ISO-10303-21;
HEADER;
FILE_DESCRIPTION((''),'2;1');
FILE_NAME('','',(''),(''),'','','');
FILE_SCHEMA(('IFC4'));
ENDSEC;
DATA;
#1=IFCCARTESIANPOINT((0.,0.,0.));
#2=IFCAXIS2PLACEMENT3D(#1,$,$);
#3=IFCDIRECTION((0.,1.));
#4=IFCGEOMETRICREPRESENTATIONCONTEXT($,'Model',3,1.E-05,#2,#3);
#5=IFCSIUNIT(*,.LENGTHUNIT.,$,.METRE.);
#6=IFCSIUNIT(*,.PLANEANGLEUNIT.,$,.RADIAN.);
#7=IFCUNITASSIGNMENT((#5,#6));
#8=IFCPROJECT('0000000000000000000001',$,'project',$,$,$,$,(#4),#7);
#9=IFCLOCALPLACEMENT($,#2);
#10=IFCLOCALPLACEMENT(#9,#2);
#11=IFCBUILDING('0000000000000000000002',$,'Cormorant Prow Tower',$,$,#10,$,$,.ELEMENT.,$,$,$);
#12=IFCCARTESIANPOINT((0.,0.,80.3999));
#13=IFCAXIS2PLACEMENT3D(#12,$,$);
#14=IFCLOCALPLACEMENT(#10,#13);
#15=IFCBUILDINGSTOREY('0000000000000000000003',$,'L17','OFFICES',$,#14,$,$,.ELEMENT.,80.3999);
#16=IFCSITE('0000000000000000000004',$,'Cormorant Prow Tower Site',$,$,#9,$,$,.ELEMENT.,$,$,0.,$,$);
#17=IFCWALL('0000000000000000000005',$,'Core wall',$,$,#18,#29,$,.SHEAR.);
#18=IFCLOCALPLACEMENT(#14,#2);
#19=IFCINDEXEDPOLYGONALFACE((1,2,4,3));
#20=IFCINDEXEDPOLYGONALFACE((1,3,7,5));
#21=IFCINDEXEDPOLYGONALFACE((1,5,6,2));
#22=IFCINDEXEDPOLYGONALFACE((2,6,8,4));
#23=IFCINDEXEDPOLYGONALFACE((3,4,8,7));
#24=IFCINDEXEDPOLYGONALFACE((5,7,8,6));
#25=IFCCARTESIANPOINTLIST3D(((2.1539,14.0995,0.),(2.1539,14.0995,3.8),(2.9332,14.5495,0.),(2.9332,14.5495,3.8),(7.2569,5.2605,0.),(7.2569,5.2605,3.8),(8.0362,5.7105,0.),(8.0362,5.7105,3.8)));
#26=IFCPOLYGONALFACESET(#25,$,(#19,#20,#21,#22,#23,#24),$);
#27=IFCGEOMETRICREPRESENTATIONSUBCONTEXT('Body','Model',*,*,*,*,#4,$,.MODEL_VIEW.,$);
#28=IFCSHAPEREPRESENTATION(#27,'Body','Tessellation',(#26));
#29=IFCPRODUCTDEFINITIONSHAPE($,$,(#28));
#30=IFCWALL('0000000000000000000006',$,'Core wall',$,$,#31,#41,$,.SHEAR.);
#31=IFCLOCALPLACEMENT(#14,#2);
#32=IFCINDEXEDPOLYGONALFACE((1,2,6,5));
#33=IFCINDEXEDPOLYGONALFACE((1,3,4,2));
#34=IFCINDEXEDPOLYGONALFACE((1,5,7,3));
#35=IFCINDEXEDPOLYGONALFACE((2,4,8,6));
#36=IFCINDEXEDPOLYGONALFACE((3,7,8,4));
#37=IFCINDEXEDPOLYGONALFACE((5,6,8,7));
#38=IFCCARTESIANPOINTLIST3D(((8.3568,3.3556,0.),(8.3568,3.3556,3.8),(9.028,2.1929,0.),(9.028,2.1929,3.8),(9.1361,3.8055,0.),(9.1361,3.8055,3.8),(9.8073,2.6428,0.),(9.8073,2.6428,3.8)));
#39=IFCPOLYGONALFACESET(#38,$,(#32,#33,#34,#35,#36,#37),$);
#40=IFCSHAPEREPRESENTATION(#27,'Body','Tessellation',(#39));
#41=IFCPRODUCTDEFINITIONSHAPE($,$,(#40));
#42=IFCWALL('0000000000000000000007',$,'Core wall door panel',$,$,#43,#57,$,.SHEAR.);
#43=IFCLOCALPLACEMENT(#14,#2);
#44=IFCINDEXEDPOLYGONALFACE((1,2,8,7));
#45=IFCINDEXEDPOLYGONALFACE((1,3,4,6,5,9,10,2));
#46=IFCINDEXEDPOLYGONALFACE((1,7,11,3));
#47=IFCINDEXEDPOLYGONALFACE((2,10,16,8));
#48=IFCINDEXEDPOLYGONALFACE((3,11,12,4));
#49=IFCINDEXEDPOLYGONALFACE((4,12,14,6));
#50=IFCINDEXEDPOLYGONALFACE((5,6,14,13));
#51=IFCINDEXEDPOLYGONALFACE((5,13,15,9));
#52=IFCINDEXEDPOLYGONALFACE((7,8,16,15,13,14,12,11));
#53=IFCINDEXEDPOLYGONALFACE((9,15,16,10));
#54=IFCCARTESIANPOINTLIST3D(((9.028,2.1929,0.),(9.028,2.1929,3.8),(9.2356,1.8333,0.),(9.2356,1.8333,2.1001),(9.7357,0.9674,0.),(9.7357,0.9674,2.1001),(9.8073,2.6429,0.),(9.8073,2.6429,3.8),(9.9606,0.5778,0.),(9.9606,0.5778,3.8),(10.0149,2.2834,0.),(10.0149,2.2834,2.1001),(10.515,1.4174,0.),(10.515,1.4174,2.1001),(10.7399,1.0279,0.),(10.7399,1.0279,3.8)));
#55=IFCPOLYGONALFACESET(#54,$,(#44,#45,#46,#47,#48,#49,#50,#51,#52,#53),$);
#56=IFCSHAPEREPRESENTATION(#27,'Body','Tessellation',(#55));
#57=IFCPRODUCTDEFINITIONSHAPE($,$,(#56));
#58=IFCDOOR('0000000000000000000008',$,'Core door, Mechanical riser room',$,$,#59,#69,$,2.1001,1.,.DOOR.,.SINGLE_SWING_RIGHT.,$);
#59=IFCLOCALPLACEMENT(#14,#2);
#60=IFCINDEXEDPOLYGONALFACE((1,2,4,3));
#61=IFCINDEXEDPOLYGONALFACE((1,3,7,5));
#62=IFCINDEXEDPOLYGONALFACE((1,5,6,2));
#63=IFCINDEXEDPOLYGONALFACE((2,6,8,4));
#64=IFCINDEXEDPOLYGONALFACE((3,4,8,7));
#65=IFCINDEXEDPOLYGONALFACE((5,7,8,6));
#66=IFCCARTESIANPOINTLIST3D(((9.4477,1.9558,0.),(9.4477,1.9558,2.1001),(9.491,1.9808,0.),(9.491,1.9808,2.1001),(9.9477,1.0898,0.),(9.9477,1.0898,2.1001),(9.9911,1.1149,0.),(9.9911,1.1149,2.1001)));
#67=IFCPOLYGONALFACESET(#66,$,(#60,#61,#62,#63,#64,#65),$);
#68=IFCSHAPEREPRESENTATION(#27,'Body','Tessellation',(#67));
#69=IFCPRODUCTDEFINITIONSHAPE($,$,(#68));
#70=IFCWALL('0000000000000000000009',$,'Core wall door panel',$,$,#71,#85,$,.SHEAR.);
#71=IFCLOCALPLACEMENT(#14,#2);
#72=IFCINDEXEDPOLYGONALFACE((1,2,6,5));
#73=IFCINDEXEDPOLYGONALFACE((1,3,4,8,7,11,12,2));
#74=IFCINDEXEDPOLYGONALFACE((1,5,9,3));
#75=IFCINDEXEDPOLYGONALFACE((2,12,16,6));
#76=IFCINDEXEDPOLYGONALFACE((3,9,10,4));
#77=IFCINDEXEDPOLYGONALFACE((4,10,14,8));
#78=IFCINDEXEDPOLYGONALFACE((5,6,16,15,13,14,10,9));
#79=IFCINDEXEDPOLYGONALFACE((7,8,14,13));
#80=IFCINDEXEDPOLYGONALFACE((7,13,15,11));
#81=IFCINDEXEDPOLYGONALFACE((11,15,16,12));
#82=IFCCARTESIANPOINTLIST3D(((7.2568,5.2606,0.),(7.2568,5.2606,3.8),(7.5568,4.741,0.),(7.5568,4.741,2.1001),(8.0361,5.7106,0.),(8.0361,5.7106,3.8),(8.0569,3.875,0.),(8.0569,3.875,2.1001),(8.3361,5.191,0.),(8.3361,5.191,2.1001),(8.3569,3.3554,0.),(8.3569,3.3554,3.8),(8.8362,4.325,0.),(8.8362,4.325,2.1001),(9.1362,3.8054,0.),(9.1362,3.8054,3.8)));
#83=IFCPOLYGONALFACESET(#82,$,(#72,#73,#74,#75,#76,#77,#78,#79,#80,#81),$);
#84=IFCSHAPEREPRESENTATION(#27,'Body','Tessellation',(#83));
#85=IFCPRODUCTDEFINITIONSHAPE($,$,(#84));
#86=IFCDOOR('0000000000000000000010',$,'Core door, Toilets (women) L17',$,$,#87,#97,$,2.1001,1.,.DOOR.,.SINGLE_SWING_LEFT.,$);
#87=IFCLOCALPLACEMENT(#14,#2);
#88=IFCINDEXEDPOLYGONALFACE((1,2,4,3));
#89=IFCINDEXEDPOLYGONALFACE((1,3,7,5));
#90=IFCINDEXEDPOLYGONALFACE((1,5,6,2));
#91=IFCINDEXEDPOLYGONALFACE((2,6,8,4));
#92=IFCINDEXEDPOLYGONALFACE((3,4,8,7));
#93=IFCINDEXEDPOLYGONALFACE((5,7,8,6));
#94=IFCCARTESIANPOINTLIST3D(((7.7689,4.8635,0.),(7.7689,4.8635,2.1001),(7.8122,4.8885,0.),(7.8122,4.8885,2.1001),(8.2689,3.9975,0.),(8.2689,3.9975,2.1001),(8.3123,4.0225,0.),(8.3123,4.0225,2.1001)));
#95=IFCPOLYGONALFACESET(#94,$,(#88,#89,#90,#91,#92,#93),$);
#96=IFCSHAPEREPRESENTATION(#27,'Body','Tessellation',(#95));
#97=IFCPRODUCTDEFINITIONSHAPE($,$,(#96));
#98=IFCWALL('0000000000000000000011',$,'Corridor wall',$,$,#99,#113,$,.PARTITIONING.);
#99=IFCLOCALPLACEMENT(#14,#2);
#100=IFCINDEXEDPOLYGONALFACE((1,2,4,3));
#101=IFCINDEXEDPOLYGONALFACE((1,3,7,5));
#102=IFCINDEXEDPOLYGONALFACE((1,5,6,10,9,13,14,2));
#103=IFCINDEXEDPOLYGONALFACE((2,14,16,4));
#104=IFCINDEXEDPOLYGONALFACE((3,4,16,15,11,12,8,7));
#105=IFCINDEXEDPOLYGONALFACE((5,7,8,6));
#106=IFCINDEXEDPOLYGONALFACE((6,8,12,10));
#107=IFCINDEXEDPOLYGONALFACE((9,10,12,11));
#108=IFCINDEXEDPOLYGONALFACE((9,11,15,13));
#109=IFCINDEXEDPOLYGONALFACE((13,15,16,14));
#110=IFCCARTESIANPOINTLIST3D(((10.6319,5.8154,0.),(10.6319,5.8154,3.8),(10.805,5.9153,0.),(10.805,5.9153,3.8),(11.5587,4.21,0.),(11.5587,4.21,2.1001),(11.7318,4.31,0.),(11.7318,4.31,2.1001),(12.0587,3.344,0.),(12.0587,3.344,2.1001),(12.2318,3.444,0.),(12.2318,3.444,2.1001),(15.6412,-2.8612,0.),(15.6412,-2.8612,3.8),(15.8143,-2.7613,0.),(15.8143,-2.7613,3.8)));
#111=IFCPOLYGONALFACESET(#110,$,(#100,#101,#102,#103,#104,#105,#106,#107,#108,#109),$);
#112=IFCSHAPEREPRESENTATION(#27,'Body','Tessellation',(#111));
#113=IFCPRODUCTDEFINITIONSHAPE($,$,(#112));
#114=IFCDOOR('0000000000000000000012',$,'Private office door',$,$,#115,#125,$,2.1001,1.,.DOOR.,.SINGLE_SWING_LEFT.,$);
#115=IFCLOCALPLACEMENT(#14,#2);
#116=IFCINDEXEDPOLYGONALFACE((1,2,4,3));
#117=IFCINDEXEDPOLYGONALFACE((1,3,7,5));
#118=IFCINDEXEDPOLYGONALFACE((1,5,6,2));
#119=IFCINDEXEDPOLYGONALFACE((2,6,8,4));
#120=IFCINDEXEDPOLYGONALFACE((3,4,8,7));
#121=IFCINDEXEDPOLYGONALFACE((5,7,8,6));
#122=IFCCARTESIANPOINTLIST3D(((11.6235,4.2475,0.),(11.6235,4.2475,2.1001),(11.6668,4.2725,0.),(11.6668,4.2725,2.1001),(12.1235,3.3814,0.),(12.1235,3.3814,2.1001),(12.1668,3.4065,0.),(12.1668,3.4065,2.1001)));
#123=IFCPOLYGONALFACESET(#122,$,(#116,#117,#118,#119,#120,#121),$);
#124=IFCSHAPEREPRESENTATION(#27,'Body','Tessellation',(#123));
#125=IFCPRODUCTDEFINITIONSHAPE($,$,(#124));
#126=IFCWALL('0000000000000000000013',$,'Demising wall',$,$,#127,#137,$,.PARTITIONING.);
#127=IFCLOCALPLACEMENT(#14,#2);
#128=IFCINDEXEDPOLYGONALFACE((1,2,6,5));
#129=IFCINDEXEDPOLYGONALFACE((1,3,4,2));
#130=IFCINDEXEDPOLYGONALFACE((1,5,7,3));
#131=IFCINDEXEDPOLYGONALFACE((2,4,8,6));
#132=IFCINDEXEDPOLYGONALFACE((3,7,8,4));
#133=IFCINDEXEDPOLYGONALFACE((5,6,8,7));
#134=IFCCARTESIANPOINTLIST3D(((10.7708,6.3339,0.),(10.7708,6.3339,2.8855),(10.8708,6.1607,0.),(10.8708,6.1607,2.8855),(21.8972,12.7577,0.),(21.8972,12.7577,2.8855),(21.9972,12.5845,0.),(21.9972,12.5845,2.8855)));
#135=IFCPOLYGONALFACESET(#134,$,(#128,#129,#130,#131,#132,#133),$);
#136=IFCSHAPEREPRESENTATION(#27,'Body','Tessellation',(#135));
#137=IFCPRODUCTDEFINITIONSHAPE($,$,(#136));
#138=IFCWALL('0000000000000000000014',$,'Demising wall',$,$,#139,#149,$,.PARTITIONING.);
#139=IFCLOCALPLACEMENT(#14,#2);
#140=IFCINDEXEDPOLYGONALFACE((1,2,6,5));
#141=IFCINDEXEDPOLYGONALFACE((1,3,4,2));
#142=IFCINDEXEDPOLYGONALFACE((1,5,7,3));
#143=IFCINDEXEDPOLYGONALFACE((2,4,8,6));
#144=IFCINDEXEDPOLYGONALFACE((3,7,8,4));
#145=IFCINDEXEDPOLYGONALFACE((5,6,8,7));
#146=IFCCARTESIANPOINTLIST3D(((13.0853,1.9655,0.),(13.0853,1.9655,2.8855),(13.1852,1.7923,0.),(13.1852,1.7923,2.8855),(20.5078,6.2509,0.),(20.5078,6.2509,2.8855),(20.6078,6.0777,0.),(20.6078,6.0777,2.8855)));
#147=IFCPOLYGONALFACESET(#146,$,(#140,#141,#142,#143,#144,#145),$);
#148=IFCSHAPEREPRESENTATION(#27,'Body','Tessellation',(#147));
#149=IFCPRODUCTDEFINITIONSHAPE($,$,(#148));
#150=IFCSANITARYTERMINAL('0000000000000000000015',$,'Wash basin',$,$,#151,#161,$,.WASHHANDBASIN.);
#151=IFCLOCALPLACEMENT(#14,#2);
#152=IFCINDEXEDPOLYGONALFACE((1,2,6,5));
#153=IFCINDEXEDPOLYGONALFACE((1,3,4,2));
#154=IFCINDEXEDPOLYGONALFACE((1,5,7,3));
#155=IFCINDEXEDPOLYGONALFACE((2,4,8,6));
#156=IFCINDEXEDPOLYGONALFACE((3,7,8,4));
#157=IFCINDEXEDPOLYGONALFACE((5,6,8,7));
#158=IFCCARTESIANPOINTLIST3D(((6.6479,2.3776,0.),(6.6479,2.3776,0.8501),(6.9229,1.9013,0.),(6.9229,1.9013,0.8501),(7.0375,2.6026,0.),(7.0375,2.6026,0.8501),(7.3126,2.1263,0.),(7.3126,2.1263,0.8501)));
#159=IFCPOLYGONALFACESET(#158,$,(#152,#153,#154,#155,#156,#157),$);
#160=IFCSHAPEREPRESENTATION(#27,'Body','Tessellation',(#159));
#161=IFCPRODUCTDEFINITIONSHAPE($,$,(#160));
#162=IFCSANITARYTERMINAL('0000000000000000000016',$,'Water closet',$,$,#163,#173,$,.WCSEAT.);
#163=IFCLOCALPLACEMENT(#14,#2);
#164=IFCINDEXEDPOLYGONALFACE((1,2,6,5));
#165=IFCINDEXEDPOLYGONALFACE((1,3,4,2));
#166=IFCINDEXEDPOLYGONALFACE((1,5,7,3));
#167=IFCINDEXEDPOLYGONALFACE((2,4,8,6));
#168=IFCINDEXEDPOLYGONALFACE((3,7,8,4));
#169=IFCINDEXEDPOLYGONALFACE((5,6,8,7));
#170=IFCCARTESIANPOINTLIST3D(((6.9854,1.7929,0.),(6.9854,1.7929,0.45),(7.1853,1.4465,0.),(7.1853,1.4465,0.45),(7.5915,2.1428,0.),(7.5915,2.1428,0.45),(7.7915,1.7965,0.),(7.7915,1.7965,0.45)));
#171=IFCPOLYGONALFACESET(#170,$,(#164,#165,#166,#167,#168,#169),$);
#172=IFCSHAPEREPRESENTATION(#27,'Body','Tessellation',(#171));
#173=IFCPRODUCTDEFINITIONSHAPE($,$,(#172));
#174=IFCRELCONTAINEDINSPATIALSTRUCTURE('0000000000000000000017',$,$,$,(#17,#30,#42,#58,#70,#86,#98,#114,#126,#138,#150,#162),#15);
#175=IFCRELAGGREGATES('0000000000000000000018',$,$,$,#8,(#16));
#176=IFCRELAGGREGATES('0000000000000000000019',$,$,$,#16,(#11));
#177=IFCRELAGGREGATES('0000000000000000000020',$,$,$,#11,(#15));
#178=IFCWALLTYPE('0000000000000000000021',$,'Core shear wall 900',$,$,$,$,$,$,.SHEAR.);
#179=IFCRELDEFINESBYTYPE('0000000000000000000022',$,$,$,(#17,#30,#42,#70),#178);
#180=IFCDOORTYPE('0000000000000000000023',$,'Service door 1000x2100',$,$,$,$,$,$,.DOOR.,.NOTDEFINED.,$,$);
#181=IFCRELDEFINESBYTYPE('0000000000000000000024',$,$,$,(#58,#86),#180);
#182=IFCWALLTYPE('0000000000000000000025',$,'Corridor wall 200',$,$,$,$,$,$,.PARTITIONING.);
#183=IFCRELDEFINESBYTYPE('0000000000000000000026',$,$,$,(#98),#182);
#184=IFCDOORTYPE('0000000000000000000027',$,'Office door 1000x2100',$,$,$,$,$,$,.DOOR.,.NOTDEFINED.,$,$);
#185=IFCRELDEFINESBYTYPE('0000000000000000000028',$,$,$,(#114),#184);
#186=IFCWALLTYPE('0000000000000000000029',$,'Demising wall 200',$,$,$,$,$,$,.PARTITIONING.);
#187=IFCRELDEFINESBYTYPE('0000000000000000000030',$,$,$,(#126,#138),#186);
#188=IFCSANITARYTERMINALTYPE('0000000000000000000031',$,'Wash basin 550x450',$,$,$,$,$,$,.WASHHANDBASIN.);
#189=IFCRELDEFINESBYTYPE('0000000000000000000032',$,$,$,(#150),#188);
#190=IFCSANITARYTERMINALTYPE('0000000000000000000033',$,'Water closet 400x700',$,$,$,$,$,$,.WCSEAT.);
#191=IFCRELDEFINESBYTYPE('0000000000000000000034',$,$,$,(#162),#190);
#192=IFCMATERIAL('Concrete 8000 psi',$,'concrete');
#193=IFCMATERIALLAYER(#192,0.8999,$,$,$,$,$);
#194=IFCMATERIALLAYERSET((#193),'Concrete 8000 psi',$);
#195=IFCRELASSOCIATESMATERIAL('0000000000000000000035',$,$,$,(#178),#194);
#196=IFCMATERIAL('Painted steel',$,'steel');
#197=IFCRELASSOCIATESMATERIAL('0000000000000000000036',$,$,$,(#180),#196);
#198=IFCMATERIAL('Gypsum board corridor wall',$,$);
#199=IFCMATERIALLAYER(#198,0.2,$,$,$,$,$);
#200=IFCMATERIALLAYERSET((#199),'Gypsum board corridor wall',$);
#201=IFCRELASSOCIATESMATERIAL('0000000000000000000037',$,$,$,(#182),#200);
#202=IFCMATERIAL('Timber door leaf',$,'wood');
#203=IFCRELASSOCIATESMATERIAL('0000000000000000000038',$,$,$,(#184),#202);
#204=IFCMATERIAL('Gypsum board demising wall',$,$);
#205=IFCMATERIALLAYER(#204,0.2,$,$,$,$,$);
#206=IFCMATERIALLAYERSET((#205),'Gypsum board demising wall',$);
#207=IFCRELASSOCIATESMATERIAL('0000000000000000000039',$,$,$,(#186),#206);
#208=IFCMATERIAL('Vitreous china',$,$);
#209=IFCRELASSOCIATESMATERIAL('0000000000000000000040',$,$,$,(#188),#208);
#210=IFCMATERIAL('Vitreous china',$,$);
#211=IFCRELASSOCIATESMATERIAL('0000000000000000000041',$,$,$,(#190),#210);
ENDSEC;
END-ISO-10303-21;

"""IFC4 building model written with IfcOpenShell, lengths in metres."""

from ifc_helpers import new_model, si_unit, direction, frame, frame_2d, origin, origin_2d, place, context, subcontext, project, spatial, rectangle, extrude, material, layer, layer_set, type_object, element, fill, save


model = new_model("IFC4")

# Units and contexts
model_context = context("Model", 3, precision=1e-05, world=origin(), true_north=direction((0.0, 1.0)))
body_context = subcontext(model_context, "Body", "Model", "MODEL_VIEW")
ifc_project = project(units=[si_unit("LENGTHUNIT", "METRE"), si_unit("PLANEANGLEUNIT", "RADIAN")], contexts=[model_context])

# Site, building, storey
site_placement = place(None, origin())
site = spatial("IfcSite", under=ifc_project, at=site_placement, Name="Cormorant Prow Tower Site", CompositionType="ELEMENT", RefElevation=0.0)
building_placement = place(site_placement, origin())
building = spatial("IfcBuilding", under=site, at=building_placement, Name="Cormorant Prow Tower", CompositionType="ELEMENT")
storey_placement = place(building_placement, frame((0.0, 0.0, 80.3999)))
storey = spatial("IfcBuildingStorey", under=building, at=storey_placement, Name="L17", Description="OFFICES", CompositionType="ELEMENT", Elevation=80.3999)

# Walls
ifc_material_1 = material(Name="Concrete 8000 psi", Category="concrete")
ifc_layer_1 = layer(ifc_material_1, 0.8999)
ifc_layer_set_1 = layer_set([ifc_layer_1], Name="Concrete 8000 psi")
wall_type_1 = type_object("IfcWallType", Name="Core shear wall 900", PredefinedType="SHEAR", material=ifc_layer_set_1)
wall_1_placement = place(storey_placement, frame((7.6465, 5.4856, 0.0), z_axis=(0.0, 0.0, 1.0), x_axis=(-0.499983, 0.866035, 0.0)))
element("IfcWall", 1, at=wall_1_placement, inside=storey, type_object=wall_type_1, Name="Core wall", PredefinedType="SHEAR", context=body_context, shape_type="SweptSolid", body=[
    extrude(rectangle(XDim=10.2063, YDim=0.8999, at=frame_2d((5.103, 0.0))), origin(), (0.0, 0.0, 1.0), 3.8),
])
wall_2_placement = place(storey_placement, frame((9.4177, 2.4177, 0.0), z_axis=(0.0, 0.0, 1.0), x_axis=(-0.499953, 0.866052, 0.0)))
element("IfcWall", 2, at=wall_2_placement, inside=storey, type_object=wall_type_1, Name="Core wall", PredefinedType="SHEAR", context=body_context, shape_type="SweptSolid", body=[
    extrude(rectangle(XDim=1.3425, YDim=0.8999, at=frame_2d((0.6714, 0.0))), origin(), (0.0, 0.0, 1.0), 3.8),
])

# Walls, openings, doors
wall_3_placement = place(storey_placement, frame((10.3503, 0.8027, 0.0), z_axis=(0.0, 0.0, 1.0), x_axis=(-0.500081, 0.865978, 0.0)))
wall_3 = element("IfcWall", 3, at=wall_3_placement, inside=storey, type_object=wall_type_1, Name="Core wall door panel", PredefinedType="SHEAR", context=body_context, shape_type="SweptSolid", body=[
    extrude(rectangle(XDim=1.865, YDim=0.8999, at=frame_2d((0.9326, 0.0))), origin(), (0.0, 0.0, 1.0), 3.8),
])
opening_1_placement = place(wall_3_placement, frame((0.45, 0.0, 0.0)))
opening_1 = element("IfcOpeningElement", 4, at=opening_1_placement, cuts=wall_3, PredefinedType="OPENING", context=body_context, shape_type="SweptSolid", body=[
    extrude(rectangle(XDim=1.0, YDim=2.1001, at=frame_2d((0.5, 1.05))), frame((0.0, 0.46, 0.0), z_axis=(0.0, -1.0, 0.0), x_axis=(1.0, 0.0, 0.0)), (0.0, 0.0, 1.0), 0.9199),
])
ifc_material_2 = material(Name="Painted steel", Category="steel")
door_type_1 = type_object("IfcDoorType", Name="Service door 1000x2100", OperationType="NOTDEFINED", PredefinedType="DOOR", material=ifc_material_2)
door_1_placement = place(opening_1_placement, origin())
door_1 = element("IfcDoor", 5, at=door_1_placement, inside=storey, type_object=door_type_1, Name="Core door, Mechanical riser room", OperationType="SINGLE_SWING_RIGHT", OverallHeight=2.1001, OverallWidth=1.0, PredefinedType="DOOR", context=body_context, shape_type="SweptSolid", body=[
    extrude(rectangle(XDim=1.0, YDim=2.1001, at=frame_2d((0.5, 1.05))), frame((0.0, 0.2051, 0.0), z_axis=(0.0, -1.0, 0.0), x_axis=(1.0, 0.0, 0.0)), (0.0, 0.0, 1.0), 0.05),
])
fill(opening_1, door_1)
wall_4_placement = place(storey_placement, frame((8.7466, 3.5803, 0.0), z_axis=(0.0, 0.0, 1.0), x_axis=(-0.50003, 0.866008, 0.0)))
wall_4 = element("IfcWall", 6, at=wall_4_placement, inside=storey, type_object=wall_type_1, Name="Core wall door panel", PredefinedType="SHEAR", context=body_context, shape_type="SweptSolid", body=[
    extrude(rectangle(XDim=2.2, YDim=0.8999, at=frame_2d((1.1001, 0.0))), origin(), (0.0, 0.0, 1.0), 3.8),
])
opening_2_placement = place(wall_4_placement, frame((0.6001, 0.0, 0.0)))
opening_2 = element("IfcOpeningElement", 7, at=opening_2_placement, cuts=wall_4, PredefinedType="OPENING", context=body_context, shape_type="SweptSolid", body=[
    extrude(rectangle(XDim=1.0, YDim=2.1001, at=frame_2d((0.5, 1.05))), frame((0.0, 0.46, 0.0), z_axis=(0.0, -1.0, 0.0), x_axis=(1.0, 0.0, 0.0)), (0.0, 0.0, 1.0), 0.9199),
])
door_2_placement = place(opening_2_placement, origin())
door_2 = element("IfcDoor", 8, at=door_2_placement, inside=storey, type_object=door_type_1, Name="Core door, Toilets (women) L17", OperationType="SINGLE_SWING_LEFT", OverallHeight=2.1001, OverallWidth=1.0, PredefinedType="DOOR", context=body_context, shape_type="SweptSolid", body=[
    extrude(rectangle(XDim=1.0, YDim=2.1001, at=frame_2d((0.5, 1.05))), frame((0.0, 0.2051, 0.0), z_axis=(0.0, -1.0, 0.0), x_axis=(1.0, 0.0, 0.0)), (0.0, 0.0, 1.0), 0.05),
])
fill(opening_2, door_2)
ifc_material_3 = material(Name="Gypsum board corridor wall")
ifc_layer_2 = layer(ifc_material_3, 0.2)
ifc_layer_set_2 = layer_set([ifc_layer_2], Name="Gypsum board corridor wall")
wall_type_2 = type_object("IfcWallType", Name="Corridor wall 200", PredefinedType="PARTITIONING", material=ifc_layer_set_2)
wall_5_placement = place(storey_placement, frame((10.7185, 5.8652, 0.0), z_axis=(0.0, 0.0, 1.0), x_axis=(0.499992, -0.86603, 0.0)))
wall_5 = element("IfcWall", 9, at=wall_5_placement, inside=storey, type_object=wall_type_2, Name="Corridor wall", PredefinedType="PARTITIONING", context=body_context, shape_type="SweptSolid", body=[
    extrude(rectangle(XDim=10.0188, YDim=0.2, at=frame_2d((5.0093, 0.0))), origin(), (0.0, 0.0, 1.0), 3.8),
])
opening_3_placement = place(wall_5_placement, frame((1.8535, 0.0, 0.0)))
opening_3 = element("IfcOpeningElement", 10, at=opening_3_placement, cuts=wall_5, PredefinedType="OPENING", context=body_context, shape_type="SweptSolid", body=[
    extrude(rectangle(XDim=1.0, YDim=2.1001, at=frame_2d((0.5, 1.05))), frame((0.0, 0.1099, 0.0), z_axis=(0.0, -1.0, 0.0), x_axis=(1.0, 0.0, 0.0)), (0.0, 0.0, 1.0), 0.22),
])
ifc_material_4 = material(Name="Timber door leaf", Category="wood")
door_type_2 = type_object("IfcDoorType", Name="Office door 1000x2100", OperationType="NOTDEFINED", PredefinedType="DOOR", material=ifc_material_4)
door_3_placement = place(opening_3_placement, origin())
door_3 = element("IfcDoor", 11, at=door_3_placement, inside=storey, type_object=door_type_2, Name="Private office door", OperationType="SINGLE_SWING_LEFT", OverallHeight=2.1001, OverallWidth=1.0, PredefinedType="DOOR", context=body_context, shape_type="SweptSolid", body=[
    extrude(rectangle(XDim=1.0, YDim=2.1001, at=frame_2d((0.5, 1.05))), frame((0.0, 0.0249, 0.0), z_axis=(0.0, -1.0, 0.0), x_axis=(1.0, 0.0, 0.0)), (0.0, 0.0, 1.0), 0.05),
])
fill(opening_3, door_3)

# Walls
ifc_material_5 = material(Name="Gypsum board demising wall")
ifc_layer_3 = layer(ifc_material_5, 0.2)
ifc_layer_set_3 = layer_set([ifc_layer_3], Name="Gypsum board demising wall")
wall_type_3 = type_object("IfcWallType", Name="Demising wall 200", PredefinedType="PARTITIONING", material=ifc_layer_set_3)
wall_6_placement = place(storey_placement, frame((10.8208, 6.2473, 0.0), z_axis=(0.0, 0.0, 1.0), x_axis=(0.866027, 0.499998, 0.0)))
element("IfcWall", 12, at=wall_6_placement, inside=storey, type_object=wall_type_3, Name="Demising wall", PredefinedType="PARTITIONING", context=body_context, shape_type="SweptSolid", body=[
    extrude(rectangle(XDim=12.8477, YDim=0.2, at=frame_2d((6.4238, 0.0))), origin(), (0.0, 0.0, 1.0), 2.8855),
])
wall_7_placement = place(storey_placement, frame((13.1353, 1.8789, 0.0), z_axis=(0.0, 0.0, 1.0), x_axis=(0.866028, 0.499996, 0.0)))
element("IfcWall", 13, at=wall_7_placement, inside=storey, type_object=wall_type_3, Name="Demising wall", PredefinedType="PARTITIONING", context=body_context, shape_type="SweptSolid", body=[
    extrude(rectangle(XDim=8.5708, YDim=0.2, at=frame_2d((4.2854, 0.0))), origin(), (0.0, 0.0, 1.0), 2.8855),
])

# Sanitary terminals
ifc_material_6 = material(Name="Vitreous china")
sanitary_terminal_type_1 = type_object("IfcSanitaryTerminalType", Name="Wash basin 550x450", PredefinedType="WASHHANDBASIN", material=ifc_material_6)
sanitary_terminal_1_placement = place(storey_placement, frame((6.9802, 2.252, 0.0), z_axis=(0.0, 0.0, 1.0), x_axis=(0.5, -0.866025, 0.0)))
element("IfcSanitaryTerminal", 14, at=sanitary_terminal_1_placement, inside=storey, type_object=sanitary_terminal_type_1, Name="Wash basin", PredefinedType="WASHHANDBASIN", context=body_context, shape_type="SweptSolid", body=[
    extrude(rectangle(XDim=0.55, YDim=0.45, at=origin_2d()), origin(), (0.0, 0.0, 1.0), 0.8501),
])
ifc_material_7 = material(Name="Vitreous china")
sanitary_terminal_type_2 = type_object("IfcSanitaryTerminalType", Name="Water closet 400x700", PredefinedType="WCSEAT", material=ifc_material_7)
sanitary_terminal_2_placement = place(storey_placement, frame((7.3884, 1.7947, 0.0), z_axis=(0.0, 0.0, 1.0), x_axis=(0.5, -0.866025, 0.0)))
element("IfcSanitaryTerminal", 15, at=sanitary_terminal_2_placement, inside=storey, type_object=sanitary_terminal_type_2, Name="Water closet", PredefinedType="WCSEAT", context=body_context, shape_type="SweptSolid", body=[
    extrude(rectangle(XDim=0.3999, YDim=0.7, at=origin_2d()), origin(), (0.0, 0.0, 1.0), 0.45),
])

save(model, "model.ifc")
